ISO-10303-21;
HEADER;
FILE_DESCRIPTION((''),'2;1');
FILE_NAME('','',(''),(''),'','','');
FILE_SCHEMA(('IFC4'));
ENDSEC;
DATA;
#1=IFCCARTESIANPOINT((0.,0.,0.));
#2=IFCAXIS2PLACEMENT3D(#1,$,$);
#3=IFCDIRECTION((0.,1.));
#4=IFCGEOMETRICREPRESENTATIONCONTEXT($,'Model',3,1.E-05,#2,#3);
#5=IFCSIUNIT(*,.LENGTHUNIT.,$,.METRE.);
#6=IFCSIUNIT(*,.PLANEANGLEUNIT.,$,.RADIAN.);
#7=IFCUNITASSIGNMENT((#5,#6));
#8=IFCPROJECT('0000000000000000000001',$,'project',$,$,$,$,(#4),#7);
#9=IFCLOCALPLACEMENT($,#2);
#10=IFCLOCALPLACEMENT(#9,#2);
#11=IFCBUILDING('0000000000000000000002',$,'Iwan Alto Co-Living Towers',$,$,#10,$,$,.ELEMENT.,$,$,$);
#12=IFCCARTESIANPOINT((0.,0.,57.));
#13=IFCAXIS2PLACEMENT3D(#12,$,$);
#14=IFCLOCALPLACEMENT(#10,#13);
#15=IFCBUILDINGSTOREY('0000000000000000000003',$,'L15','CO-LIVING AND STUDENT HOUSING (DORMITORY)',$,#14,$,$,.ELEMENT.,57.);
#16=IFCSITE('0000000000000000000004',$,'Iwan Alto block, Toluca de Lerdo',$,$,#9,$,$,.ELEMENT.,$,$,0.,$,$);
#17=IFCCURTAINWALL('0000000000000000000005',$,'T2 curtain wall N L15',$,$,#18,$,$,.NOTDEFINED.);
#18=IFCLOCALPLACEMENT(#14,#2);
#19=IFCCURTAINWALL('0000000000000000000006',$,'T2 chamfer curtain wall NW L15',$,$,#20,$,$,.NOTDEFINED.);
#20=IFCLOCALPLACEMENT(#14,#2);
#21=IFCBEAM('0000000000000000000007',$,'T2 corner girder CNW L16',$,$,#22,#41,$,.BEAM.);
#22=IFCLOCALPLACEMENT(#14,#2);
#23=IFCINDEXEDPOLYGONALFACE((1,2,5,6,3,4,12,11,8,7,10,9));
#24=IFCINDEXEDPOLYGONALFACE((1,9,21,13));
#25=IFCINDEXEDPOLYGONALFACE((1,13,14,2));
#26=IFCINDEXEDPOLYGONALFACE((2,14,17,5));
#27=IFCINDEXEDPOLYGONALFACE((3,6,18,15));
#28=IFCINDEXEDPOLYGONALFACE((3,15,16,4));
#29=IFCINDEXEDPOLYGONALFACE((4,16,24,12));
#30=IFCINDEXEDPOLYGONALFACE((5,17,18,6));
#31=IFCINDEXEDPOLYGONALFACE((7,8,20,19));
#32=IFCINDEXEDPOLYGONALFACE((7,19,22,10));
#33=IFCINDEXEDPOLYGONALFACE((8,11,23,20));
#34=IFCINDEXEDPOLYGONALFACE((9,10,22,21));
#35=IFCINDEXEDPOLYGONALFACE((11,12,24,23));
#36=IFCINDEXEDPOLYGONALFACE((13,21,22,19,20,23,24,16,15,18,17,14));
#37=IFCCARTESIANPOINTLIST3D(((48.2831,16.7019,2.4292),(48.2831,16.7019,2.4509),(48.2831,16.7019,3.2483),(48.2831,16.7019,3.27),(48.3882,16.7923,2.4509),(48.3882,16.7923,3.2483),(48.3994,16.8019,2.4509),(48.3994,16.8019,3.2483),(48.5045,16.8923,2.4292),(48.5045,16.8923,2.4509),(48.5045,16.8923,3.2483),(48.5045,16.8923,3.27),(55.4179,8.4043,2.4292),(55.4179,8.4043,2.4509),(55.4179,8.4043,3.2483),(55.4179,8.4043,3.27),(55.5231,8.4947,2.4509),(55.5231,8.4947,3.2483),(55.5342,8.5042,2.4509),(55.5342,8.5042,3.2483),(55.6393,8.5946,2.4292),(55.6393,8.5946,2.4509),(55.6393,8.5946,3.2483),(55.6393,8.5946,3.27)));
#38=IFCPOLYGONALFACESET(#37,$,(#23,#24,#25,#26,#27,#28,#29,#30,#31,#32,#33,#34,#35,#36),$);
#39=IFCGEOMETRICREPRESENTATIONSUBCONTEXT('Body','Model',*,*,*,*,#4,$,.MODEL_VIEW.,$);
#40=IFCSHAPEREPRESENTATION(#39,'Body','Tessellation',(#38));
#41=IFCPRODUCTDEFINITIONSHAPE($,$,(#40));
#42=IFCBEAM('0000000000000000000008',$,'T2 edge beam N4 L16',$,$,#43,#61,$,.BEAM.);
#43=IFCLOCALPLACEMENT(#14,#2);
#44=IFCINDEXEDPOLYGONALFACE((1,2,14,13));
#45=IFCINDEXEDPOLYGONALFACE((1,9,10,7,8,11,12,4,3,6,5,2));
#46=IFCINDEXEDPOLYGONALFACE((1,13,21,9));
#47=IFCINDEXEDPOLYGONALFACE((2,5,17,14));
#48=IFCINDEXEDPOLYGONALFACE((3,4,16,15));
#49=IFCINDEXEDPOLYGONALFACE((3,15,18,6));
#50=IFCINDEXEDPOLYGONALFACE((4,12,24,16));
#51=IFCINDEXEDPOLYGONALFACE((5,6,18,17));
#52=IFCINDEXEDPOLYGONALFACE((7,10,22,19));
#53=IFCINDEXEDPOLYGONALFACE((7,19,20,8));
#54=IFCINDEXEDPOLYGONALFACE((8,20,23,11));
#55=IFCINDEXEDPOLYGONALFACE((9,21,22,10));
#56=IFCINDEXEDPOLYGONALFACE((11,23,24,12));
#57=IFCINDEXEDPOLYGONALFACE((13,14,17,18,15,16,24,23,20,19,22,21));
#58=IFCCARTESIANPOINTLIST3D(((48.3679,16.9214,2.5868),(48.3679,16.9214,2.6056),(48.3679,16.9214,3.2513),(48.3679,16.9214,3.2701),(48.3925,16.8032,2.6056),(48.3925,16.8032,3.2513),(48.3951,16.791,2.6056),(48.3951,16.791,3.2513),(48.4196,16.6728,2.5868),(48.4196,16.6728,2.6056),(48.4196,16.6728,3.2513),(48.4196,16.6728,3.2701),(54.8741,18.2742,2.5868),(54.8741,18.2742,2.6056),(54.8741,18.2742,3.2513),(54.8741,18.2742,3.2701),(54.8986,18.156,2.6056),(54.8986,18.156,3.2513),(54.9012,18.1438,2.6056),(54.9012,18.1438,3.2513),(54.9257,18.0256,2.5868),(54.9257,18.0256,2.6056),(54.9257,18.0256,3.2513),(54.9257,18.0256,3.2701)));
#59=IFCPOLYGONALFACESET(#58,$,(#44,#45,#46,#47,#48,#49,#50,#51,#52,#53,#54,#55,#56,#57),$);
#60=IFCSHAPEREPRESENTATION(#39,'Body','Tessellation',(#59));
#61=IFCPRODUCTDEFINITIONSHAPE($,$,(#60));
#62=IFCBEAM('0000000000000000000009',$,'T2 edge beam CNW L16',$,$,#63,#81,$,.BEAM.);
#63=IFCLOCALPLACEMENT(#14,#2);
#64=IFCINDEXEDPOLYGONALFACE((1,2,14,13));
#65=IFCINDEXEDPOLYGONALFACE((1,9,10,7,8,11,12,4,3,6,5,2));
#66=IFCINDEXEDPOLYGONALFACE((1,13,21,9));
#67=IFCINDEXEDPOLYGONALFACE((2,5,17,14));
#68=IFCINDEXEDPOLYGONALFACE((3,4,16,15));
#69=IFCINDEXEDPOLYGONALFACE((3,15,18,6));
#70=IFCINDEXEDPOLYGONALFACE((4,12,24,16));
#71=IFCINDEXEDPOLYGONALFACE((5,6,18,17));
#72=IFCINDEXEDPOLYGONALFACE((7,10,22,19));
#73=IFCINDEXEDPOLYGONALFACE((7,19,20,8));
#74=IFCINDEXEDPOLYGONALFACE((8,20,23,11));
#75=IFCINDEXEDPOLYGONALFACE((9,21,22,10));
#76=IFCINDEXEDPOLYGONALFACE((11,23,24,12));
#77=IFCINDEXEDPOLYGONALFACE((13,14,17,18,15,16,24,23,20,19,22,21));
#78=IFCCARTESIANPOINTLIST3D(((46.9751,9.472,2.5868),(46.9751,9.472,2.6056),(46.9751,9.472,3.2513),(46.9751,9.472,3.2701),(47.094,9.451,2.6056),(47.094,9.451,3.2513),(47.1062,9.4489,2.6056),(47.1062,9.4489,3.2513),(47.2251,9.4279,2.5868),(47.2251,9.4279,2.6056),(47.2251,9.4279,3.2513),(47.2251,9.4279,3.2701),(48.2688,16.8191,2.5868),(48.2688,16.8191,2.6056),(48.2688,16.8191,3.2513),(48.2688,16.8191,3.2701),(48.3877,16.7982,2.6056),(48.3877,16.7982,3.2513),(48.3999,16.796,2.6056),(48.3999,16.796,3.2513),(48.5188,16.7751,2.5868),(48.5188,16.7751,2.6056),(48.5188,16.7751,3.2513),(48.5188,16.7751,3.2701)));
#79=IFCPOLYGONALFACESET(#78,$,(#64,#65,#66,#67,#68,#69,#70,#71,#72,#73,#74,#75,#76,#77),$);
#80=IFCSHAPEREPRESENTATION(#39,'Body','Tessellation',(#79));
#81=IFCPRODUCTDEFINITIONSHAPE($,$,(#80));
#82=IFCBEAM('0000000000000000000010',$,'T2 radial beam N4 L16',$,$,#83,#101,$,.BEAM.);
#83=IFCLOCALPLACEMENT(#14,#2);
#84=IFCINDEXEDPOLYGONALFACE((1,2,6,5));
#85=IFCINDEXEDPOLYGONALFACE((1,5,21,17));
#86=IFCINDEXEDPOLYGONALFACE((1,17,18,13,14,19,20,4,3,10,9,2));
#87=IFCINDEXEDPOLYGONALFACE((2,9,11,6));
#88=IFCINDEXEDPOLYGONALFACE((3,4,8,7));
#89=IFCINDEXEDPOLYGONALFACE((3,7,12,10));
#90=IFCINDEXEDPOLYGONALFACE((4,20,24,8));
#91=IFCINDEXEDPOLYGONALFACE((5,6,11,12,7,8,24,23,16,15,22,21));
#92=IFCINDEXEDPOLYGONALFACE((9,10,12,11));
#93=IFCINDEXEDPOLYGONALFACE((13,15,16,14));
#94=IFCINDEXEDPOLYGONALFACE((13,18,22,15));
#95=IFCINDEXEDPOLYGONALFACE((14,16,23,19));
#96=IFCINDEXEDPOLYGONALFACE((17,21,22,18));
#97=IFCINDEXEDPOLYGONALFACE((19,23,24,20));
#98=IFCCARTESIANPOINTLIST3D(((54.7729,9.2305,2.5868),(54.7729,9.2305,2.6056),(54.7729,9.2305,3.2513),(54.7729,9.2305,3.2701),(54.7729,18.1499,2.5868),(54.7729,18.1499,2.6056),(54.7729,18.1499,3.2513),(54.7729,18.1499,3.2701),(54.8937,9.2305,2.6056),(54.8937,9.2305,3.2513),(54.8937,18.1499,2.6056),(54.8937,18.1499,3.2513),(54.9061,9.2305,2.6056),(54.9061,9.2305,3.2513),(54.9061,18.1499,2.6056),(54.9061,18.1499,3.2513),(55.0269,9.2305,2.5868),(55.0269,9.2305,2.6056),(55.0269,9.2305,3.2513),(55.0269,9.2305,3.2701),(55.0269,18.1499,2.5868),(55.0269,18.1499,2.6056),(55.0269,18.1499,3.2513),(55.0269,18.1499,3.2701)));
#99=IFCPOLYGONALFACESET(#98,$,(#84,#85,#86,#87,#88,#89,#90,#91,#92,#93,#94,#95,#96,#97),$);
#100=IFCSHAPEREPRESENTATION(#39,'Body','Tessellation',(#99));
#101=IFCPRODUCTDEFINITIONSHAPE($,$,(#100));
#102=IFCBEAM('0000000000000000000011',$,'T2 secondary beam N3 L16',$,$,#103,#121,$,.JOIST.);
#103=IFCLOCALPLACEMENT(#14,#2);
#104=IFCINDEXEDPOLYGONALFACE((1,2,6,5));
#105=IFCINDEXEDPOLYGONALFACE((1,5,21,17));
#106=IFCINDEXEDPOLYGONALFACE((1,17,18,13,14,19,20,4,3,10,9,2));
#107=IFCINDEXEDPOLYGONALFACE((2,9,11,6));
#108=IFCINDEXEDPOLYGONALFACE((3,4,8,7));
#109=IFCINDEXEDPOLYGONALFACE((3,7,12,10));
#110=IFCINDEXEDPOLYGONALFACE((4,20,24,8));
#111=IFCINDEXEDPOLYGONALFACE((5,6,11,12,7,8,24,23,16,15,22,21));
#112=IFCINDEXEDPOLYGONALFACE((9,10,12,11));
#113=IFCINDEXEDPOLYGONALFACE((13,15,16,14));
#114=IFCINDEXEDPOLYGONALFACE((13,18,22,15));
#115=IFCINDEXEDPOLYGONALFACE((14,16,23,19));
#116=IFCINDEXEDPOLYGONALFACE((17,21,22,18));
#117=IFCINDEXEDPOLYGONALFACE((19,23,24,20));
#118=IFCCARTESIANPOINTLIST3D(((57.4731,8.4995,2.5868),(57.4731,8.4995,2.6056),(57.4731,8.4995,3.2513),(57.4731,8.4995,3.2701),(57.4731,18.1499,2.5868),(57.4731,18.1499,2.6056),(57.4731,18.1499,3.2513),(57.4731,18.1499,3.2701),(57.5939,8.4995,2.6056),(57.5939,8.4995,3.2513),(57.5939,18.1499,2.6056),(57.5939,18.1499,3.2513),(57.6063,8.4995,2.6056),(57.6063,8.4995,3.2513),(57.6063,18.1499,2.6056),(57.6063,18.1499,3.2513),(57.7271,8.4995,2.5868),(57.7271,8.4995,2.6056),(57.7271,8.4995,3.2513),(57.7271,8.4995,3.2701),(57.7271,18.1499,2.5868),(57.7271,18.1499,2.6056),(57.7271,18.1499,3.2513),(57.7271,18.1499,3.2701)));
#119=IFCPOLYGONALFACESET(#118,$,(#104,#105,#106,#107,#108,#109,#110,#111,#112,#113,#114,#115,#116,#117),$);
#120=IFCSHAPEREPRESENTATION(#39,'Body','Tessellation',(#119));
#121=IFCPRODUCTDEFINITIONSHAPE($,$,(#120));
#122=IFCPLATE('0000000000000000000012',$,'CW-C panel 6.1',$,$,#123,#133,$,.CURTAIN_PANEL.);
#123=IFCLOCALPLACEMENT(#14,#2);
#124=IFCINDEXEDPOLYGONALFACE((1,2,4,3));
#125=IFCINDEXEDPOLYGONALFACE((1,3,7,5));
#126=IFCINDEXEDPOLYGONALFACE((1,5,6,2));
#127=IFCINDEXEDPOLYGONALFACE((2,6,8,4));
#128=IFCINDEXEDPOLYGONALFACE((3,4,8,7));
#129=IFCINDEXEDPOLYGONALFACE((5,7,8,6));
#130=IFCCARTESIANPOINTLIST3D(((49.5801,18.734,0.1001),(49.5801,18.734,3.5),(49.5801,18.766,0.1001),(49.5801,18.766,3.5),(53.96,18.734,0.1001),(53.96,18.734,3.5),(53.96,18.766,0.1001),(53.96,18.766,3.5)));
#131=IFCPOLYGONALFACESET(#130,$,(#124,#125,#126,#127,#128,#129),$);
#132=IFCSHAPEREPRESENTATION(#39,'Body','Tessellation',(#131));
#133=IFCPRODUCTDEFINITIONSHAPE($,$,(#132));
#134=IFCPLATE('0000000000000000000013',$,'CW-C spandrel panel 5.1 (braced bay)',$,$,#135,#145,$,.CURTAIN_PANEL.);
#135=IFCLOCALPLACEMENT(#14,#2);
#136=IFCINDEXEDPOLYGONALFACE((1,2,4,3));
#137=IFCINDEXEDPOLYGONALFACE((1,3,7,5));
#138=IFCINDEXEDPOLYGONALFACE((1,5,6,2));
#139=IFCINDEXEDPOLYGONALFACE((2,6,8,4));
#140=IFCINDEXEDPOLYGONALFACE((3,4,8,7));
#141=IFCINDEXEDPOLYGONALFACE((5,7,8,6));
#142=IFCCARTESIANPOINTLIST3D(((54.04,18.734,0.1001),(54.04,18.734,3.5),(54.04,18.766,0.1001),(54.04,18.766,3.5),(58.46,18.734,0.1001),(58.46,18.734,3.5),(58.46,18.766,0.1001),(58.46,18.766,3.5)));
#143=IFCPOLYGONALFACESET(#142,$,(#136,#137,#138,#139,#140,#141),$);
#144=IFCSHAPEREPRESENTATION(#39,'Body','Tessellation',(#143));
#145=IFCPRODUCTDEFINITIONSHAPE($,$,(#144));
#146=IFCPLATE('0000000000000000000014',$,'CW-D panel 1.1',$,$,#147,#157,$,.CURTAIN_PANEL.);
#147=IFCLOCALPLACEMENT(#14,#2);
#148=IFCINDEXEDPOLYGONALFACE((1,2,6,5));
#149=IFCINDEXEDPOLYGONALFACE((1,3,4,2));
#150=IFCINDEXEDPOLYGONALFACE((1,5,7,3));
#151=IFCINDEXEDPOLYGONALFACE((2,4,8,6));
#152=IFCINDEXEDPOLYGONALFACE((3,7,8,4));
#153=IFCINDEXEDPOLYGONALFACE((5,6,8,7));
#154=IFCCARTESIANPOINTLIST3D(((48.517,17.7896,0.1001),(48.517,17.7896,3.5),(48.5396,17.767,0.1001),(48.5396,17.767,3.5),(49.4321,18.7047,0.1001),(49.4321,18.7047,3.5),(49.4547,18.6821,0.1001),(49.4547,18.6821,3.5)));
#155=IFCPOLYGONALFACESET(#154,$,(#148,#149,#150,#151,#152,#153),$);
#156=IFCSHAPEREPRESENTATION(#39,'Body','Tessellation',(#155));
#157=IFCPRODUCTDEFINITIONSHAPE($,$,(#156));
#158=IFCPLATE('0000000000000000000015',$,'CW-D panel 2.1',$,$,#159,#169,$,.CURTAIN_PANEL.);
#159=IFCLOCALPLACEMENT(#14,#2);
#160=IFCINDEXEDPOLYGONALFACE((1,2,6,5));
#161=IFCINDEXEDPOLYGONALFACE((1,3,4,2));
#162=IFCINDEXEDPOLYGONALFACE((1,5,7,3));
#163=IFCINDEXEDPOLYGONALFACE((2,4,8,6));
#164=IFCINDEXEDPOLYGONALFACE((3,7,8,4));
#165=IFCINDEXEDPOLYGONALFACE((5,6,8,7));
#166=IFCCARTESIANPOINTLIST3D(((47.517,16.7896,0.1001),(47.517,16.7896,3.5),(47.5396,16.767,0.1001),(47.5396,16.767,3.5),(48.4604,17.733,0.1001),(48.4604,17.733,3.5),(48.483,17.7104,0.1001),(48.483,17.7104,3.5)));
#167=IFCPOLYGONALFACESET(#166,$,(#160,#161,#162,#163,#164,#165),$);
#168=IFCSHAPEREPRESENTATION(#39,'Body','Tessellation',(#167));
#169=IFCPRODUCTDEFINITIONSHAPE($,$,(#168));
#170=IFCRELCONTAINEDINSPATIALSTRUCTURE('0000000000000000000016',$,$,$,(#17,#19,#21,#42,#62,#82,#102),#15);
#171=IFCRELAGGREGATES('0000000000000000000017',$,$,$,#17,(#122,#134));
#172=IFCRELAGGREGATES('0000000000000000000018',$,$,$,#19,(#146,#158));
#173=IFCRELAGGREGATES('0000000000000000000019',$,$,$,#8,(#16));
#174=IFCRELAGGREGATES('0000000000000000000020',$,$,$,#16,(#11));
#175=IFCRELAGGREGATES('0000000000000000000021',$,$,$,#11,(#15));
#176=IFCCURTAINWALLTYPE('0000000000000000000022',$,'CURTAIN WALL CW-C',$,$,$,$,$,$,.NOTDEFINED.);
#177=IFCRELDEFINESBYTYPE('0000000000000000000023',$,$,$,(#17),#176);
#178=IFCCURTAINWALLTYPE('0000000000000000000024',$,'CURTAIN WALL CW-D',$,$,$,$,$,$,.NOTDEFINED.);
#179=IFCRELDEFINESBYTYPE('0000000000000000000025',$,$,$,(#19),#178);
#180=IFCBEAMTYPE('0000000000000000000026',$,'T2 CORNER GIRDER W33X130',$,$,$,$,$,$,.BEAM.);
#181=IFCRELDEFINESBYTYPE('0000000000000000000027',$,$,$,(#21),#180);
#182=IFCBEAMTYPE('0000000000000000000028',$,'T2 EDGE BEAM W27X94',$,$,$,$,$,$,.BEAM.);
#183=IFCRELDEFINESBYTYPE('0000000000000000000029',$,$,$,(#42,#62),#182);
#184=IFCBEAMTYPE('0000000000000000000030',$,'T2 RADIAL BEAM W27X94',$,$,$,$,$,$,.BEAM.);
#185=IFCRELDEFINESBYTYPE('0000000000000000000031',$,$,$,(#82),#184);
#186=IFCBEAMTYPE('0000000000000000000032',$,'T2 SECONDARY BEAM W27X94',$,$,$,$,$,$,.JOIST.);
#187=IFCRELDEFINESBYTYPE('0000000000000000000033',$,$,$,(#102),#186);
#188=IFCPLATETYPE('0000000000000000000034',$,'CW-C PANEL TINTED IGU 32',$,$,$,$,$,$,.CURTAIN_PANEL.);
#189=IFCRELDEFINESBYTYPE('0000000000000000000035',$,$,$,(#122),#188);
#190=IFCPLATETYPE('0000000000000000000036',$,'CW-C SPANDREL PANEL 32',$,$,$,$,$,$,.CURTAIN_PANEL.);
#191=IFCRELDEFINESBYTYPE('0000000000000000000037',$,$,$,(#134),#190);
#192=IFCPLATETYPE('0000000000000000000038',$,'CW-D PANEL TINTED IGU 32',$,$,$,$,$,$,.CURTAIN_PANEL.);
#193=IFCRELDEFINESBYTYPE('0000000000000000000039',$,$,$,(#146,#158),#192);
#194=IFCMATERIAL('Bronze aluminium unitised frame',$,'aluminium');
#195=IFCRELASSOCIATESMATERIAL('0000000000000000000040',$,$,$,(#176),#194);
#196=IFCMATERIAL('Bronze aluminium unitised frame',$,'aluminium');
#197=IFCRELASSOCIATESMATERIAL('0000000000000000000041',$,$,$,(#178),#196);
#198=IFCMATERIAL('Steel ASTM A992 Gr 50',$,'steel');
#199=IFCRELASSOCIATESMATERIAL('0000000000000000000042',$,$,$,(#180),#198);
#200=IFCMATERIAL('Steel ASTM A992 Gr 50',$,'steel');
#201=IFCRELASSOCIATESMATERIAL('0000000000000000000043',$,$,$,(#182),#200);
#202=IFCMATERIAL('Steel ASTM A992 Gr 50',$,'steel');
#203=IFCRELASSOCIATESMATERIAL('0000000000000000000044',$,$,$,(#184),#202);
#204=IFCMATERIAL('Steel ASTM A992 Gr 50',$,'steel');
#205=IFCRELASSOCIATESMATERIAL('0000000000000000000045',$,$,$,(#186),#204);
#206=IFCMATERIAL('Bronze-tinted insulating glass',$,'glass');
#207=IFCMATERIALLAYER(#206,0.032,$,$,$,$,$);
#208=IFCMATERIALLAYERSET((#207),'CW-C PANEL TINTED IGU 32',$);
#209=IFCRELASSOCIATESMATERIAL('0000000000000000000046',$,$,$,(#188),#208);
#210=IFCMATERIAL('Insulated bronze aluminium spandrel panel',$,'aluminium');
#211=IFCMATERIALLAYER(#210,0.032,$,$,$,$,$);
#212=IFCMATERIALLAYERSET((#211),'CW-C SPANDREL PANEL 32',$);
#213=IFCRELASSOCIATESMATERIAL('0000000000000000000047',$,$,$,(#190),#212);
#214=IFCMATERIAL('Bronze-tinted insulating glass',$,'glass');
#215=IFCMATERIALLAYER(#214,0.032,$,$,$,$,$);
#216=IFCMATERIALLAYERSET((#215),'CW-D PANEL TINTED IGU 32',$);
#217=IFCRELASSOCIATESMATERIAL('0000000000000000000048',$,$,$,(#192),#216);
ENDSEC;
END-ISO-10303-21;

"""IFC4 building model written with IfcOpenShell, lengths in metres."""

from ifc_helpers import new_model, si_unit, direction, frame, origin, origin_2d, place, context, subcontext, project, spatial, rectangle, i_section, extrude, material, layer, layer_set, material_profile, profile_set, type_object, element, aggregate, save


model = new_model("IFC4")

# Units and contexts
model_context = context("Model", 3, precision=1e-05, world=origin(), true_north=direction((0.0, 1.0)))
body_context = subcontext(model_context, "Body", "Model", "MODEL_VIEW")
ifc_project = project(units=[si_unit("LENGTHUNIT", "METRE"), si_unit("PLANEANGLEUNIT", "RADIAN")], contexts=[model_context])

# Site, building, storey
site_placement = place(None, origin())
site = spatial("IfcSite", under=ifc_project, at=site_placement, Name="Iwan Alto block, Toluca de Lerdo", CompositionType="ELEMENT", RefElevation=0.0)
building_placement = place(site_placement, origin())
building = spatial("IfcBuilding", under=site, at=building_placement, Name="Iwan Alto Co-Living Towers", CompositionType="ELEMENT")
storey_placement = place(building_placement, frame((0.0, 0.0, 57.0)))
storey = spatial("IfcBuildingStorey", under=building, at=storey_placement, Name="L15", Description="CO-LIVING AND STUDENT HOUSING (DORMITORY)", CompositionType="ELEMENT", Elevation=57.0)

# Curtain walls
ifc_material_1 = material(Name="Bronze aluminium unitised frame", Category="aluminium")
curtain_wall_type_1 = type_object("IfcCurtainWallType", Name="CURTAIN WALL CW-C", PredefinedType="NOTDEFINED", material=ifc_material_1)
curtain_wall_1_placement = place(storey_placement, origin())
curtain_wall_1 = element("IfcCurtainWall", 1, at=curtain_wall_1_placement, inside=storey, type_object=curtain_wall_type_1, Name="T2 curtain wall N L15", PredefinedType="NOTDEFINED")
ifc_material_2 = material(Name="Bronze aluminium unitised frame", Category="aluminium")
curtain_wall_type_2 = type_object("IfcCurtainWallType", Name="CURTAIN WALL CW-D", PredefinedType="NOTDEFINED", material=ifc_material_2)
curtain_wall_2_placement = place(storey_placement, origin())
curtain_wall_2 = element("IfcCurtainWall", 2, at=curtain_wall_2_placement, inside=storey, type_object=curtain_wall_type_2, Name="T2 chamfer curtain wall NW L15", PredefinedType="NOTDEFINED")

# Beams
ifc_material_3 = material(Name="Steel ASTM A992 Gr 50", Category="steel")
ifc_material_profile_1 = material_profile(ifc_material_3, i_section(OverallWidth=0.292, OverallDepth=0.8408, WebThickness=0.0146, FlangeThickness=0.0217, at=origin_2d()), Name="W33X130")
ifc_profile_set_1 = profile_set([ifc_material_profile_1], Name="Steel ASTM A992 Gr 50")
beam_type_1 = type_object("IfcBeamType", Name="T2 CORNER GIRDER W33X130", PredefinedType="BEAM", material=ifc_profile_set_1)
beam_1_placement = place(storey_placement, frame((48.3938, 16.7971, 2.8496), z_axis=(0.651977, -0.758238, 0.0), x_axis=(0.758238, 0.651977, 0.0)))
element("IfcBeam", 3, at=beam_1_placement, inside=storey, type_object=beam_type_1, Name="T2 corner girder CNW L16", PredefinedType="BEAM", context=body_context, shape_type="SweptSolid", body=[
    extrude(i_section(OverallWidth=0.292, OverallDepth=0.8408, WebThickness=0.0146, FlangeThickness=0.0217, at=origin_2d()), origin(), (0.0, 0.0, 1.0), 10.9434),
])
ifc_material_4 = material(Name="Steel ASTM A992 Gr 50", Category="steel")
ifc_material_profile_2 = material_profile(ifc_material_4, i_section(OverallWidth=0.2539, OverallDepth=0.6833, WebThickness=0.0125, FlangeThickness=0.0188, at=origin_2d()), Name="W27X94")
ifc_profile_set_2 = profile_set([ifc_material_profile_2], Name="Steel ASTM A992 Gr 50")
beam_type_2 = type_object("IfcBeamType", Name="T2 EDGE BEAM W27X94", PredefinedType="BEAM", material=ifc_profile_set_2)
beam_2_placement = place(storey_placement, frame((54.8999, 18.1499, 2.9285), z_axis=(-0.97906, -0.203571, 0.0), x_axis=(0.203571, -0.97906, 0.0)))
element("IfcBeam", 4, at=beam_2_placement, inside=storey, type_object=beam_type_2, Name="T2 edge beam N4 L16", PredefinedType="BEAM", context=body_context, shape_type="SweptSolid", body=[
    extrude(i_section(OverallWidth=0.2539, OverallDepth=0.6833, WebThickness=0.0125, FlangeThickness=0.0188, at=origin_2d()), origin(), (0.0, 0.0, 1.0), 6.6453),
])
beam_3_placement = place(storey_placement, frame((48.3938, 16.7971, 2.9285), z_axis=(-0.173414, -0.984849, 0.0), x_axis=(0.984849, -0.173414, 0.0)))
element("IfcBeam", 5, at=beam_3_placement, inside=storey, type_object=beam_type_2, Name="T2 edge beam CNW L16", PredefinedType="BEAM", context=body_context, shape_type="SweptSolid", body=[
    extrude(i_section(OverallWidth=0.2539, OverallDepth=0.6833, WebThickness=0.0125, FlangeThickness=0.0188, at=origin_2d()), origin(), (0.0, 0.0, 1.0), 7.4602),
])
ifc_material_5 = material(Name="Steel ASTM A992 Gr 50", Category="steel")
ifc_material_profile_3 = material_profile(ifc_material_5, i_section(OverallWidth=0.2539, OverallDepth=0.6833, WebThickness=0.0125, FlangeThickness=0.0188, at=origin_2d()), Name="W27X94")
ifc_profile_set_3 = profile_set([ifc_material_profile_3], Name="Steel ASTM A992 Gr 50")
beam_type_3 = type_object("IfcBeamType", Name="T2 RADIAL BEAM W27X94", PredefinedType="BEAM", material=ifc_profile_set_3)
beam_4_placement = place(storey_placement, frame((54.8999, 18.1499, 2.9285), z_axis=(0.0, -1.0, 0.0), x_axis=(1.0, 0.0, 0.0)))
element("IfcBeam", 6, at=beam_4_placement, inside=storey, type_object=beam_type_3, Name="T2 radial beam N4 L16", PredefinedType="BEAM", context=body_context, shape_type="SweptSolid", body=[
    extrude(i_section(OverallWidth=0.2539, OverallDepth=0.6833, WebThickness=0.0125, FlangeThickness=0.0188, at=origin_2d()), origin(), (0.0, 0.0, 1.0), 8.9194),
])
ifc_material_6 = material(Name="Steel ASTM A992 Gr 50", Category="steel")
ifc_material_profile_4 = material_profile(ifc_material_6, i_section(OverallWidth=0.2539, OverallDepth=0.6833, WebThickness=0.0125, FlangeThickness=0.0188, at=origin_2d()), Name="W27X94")
ifc_profile_set_4 = profile_set([ifc_material_profile_4], Name="Steel ASTM A992 Gr 50")
beam_type_4 = type_object("IfcBeamType", Name="T2 SECONDARY BEAM W27X94", PredefinedType="JOIST", material=ifc_profile_set_4)
beam_5_placement = place(storey_placement, frame((57.6001, 18.1499, 2.9285), z_axis=(0.0, -1.0, 0.0), x_axis=(1.0, 0.0, 0.0)))
element("IfcBeam", 7, at=beam_5_placement, inside=storey, type_object=beam_type_4, Name="T2 secondary beam N3 L16", PredefinedType="JOIST", context=body_context, shape_type="SweptSolid", body=[
    extrude(i_section(OverallWidth=0.2539, OverallDepth=0.6833, WebThickness=0.0125, FlangeThickness=0.0188, at=origin_2d()), origin(), (0.0, 0.0, 1.0), 9.6504),
])

# Plates
ifc_material_7 = material(Name="Bronze-tinted insulating glass", Category="glass")
ifc_layer_1 = layer(ifc_material_7, 0.032)
ifc_layer_set_1 = layer_set([ifc_layer_1], Name="CW-C PANEL TINTED IGU 32")
plate_type_1 = type_object("IfcPlateType", Name="CW-C PANEL TINTED IGU 32", PredefinedType="CURTAIN_PANEL", material=ifc_layer_set_1)
plate_1_placement = place(storey_placement, frame((51.77, 18.75, 0.1001), z_axis=(0.0, 0.0, 1.0), x_axis=(-1.0, 0.0, 0.0)))
plate_1 = element("IfcPlate", 8, at=plate_1_placement, type_object=plate_type_1, Name="CW-C panel 6.1", PredefinedType="CURTAIN_PANEL", context=body_context, shape_type="SweptSolid", body=[
    extrude(rectangle(XDim=4.3799, YDim=0.032, at=origin_2d()), origin(), (0.0, 0.0, 1.0), 3.3999),
])
ifc_material_8 = material(Name="Insulated bronze aluminium spandrel panel", Category="aluminium")
ifc_layer_2 = layer(ifc_material_8, 0.032)
ifc_layer_set_2 = layer_set([ifc_layer_2], Name="CW-C SPANDREL PANEL 32")
plate_type_2 = type_object("IfcPlateType", Name="CW-C SPANDREL PANEL 32", PredefinedType="CURTAIN_PANEL", material=ifc_layer_set_2)
plate_2_placement = place(storey_placement, frame((56.25, 18.75, 0.1001), z_axis=(0.0, 0.0, 1.0), x_axis=(-1.0, 0.0, 0.0)))
plate_2 = element("IfcPlate", 9, at=plate_2_placement, type_object=plate_type_2, Name="CW-C spandrel panel 5.1 (braced bay)", PredefinedType="CURTAIN_PANEL", context=body_context, shape_type="SweptSolid", body=[
    extrude(rectangle(XDim=4.4199, YDim=0.032, at=origin_2d()), origin(), (0.0, 0.0, 1.0), 3.3999),
])
aggregate(curtain_wall_1, [plate_1, plate_2])
ifc_material_9 = material(Name="Bronze-tinted insulating glass", Category="glass")
ifc_layer_3 = layer(ifc_material_9, 0.032)
ifc_layer_set_3 = layer_set([ifc_layer_3], Name="CW-D PANEL TINTED IGU 32")
plate_type_3 = type_object("IfcPlateType", Name="CW-D PANEL TINTED IGU 32", PredefinedType="CURTAIN_PANEL", material=ifc_layer_set_3)
plate_3_placement = place(storey_placement, frame((48.9858, 18.2358, 0.1001), z_axis=(0.0, 0.0, 1.0), x_axis=(-0.707107, -0.707107, 0.0)))
plate_3 = element("IfcPlate", 10, at=plate_3_placement, type_object=plate_type_3, Name="CW-D panel 1.1", PredefinedType="CURTAIN_PANEL", context=body_context, shape_type="SweptSolid", body=[
    extrude(rectangle(XDim=1.2942, YDim=0.032, at=origin_2d()), origin(), (0.0, 0.0, 1.0), 3.3999),
])
plate_4_placement = place(storey_placement, frame((48.0, 17.25, 0.1001), z_axis=(0.0, 0.0, 1.0), x_axis=(-0.707107, -0.707107, 0.0)))
plate_4 = element("IfcPlate", 11, at=plate_4_placement, type_object=plate_type_3, Name="CW-D panel 2.1", PredefinedType="CURTAIN_PANEL", context=body_context, shape_type="SweptSolid", body=[
    extrude(rectangle(XDim=1.3342, YDim=0.032, at=origin_2d()), origin(), (0.0, 0.0, 1.0), 3.3999),
])
aggregate(curtain_wall_2, [plate_3, plate_4])

save(model, "model.ifc")
